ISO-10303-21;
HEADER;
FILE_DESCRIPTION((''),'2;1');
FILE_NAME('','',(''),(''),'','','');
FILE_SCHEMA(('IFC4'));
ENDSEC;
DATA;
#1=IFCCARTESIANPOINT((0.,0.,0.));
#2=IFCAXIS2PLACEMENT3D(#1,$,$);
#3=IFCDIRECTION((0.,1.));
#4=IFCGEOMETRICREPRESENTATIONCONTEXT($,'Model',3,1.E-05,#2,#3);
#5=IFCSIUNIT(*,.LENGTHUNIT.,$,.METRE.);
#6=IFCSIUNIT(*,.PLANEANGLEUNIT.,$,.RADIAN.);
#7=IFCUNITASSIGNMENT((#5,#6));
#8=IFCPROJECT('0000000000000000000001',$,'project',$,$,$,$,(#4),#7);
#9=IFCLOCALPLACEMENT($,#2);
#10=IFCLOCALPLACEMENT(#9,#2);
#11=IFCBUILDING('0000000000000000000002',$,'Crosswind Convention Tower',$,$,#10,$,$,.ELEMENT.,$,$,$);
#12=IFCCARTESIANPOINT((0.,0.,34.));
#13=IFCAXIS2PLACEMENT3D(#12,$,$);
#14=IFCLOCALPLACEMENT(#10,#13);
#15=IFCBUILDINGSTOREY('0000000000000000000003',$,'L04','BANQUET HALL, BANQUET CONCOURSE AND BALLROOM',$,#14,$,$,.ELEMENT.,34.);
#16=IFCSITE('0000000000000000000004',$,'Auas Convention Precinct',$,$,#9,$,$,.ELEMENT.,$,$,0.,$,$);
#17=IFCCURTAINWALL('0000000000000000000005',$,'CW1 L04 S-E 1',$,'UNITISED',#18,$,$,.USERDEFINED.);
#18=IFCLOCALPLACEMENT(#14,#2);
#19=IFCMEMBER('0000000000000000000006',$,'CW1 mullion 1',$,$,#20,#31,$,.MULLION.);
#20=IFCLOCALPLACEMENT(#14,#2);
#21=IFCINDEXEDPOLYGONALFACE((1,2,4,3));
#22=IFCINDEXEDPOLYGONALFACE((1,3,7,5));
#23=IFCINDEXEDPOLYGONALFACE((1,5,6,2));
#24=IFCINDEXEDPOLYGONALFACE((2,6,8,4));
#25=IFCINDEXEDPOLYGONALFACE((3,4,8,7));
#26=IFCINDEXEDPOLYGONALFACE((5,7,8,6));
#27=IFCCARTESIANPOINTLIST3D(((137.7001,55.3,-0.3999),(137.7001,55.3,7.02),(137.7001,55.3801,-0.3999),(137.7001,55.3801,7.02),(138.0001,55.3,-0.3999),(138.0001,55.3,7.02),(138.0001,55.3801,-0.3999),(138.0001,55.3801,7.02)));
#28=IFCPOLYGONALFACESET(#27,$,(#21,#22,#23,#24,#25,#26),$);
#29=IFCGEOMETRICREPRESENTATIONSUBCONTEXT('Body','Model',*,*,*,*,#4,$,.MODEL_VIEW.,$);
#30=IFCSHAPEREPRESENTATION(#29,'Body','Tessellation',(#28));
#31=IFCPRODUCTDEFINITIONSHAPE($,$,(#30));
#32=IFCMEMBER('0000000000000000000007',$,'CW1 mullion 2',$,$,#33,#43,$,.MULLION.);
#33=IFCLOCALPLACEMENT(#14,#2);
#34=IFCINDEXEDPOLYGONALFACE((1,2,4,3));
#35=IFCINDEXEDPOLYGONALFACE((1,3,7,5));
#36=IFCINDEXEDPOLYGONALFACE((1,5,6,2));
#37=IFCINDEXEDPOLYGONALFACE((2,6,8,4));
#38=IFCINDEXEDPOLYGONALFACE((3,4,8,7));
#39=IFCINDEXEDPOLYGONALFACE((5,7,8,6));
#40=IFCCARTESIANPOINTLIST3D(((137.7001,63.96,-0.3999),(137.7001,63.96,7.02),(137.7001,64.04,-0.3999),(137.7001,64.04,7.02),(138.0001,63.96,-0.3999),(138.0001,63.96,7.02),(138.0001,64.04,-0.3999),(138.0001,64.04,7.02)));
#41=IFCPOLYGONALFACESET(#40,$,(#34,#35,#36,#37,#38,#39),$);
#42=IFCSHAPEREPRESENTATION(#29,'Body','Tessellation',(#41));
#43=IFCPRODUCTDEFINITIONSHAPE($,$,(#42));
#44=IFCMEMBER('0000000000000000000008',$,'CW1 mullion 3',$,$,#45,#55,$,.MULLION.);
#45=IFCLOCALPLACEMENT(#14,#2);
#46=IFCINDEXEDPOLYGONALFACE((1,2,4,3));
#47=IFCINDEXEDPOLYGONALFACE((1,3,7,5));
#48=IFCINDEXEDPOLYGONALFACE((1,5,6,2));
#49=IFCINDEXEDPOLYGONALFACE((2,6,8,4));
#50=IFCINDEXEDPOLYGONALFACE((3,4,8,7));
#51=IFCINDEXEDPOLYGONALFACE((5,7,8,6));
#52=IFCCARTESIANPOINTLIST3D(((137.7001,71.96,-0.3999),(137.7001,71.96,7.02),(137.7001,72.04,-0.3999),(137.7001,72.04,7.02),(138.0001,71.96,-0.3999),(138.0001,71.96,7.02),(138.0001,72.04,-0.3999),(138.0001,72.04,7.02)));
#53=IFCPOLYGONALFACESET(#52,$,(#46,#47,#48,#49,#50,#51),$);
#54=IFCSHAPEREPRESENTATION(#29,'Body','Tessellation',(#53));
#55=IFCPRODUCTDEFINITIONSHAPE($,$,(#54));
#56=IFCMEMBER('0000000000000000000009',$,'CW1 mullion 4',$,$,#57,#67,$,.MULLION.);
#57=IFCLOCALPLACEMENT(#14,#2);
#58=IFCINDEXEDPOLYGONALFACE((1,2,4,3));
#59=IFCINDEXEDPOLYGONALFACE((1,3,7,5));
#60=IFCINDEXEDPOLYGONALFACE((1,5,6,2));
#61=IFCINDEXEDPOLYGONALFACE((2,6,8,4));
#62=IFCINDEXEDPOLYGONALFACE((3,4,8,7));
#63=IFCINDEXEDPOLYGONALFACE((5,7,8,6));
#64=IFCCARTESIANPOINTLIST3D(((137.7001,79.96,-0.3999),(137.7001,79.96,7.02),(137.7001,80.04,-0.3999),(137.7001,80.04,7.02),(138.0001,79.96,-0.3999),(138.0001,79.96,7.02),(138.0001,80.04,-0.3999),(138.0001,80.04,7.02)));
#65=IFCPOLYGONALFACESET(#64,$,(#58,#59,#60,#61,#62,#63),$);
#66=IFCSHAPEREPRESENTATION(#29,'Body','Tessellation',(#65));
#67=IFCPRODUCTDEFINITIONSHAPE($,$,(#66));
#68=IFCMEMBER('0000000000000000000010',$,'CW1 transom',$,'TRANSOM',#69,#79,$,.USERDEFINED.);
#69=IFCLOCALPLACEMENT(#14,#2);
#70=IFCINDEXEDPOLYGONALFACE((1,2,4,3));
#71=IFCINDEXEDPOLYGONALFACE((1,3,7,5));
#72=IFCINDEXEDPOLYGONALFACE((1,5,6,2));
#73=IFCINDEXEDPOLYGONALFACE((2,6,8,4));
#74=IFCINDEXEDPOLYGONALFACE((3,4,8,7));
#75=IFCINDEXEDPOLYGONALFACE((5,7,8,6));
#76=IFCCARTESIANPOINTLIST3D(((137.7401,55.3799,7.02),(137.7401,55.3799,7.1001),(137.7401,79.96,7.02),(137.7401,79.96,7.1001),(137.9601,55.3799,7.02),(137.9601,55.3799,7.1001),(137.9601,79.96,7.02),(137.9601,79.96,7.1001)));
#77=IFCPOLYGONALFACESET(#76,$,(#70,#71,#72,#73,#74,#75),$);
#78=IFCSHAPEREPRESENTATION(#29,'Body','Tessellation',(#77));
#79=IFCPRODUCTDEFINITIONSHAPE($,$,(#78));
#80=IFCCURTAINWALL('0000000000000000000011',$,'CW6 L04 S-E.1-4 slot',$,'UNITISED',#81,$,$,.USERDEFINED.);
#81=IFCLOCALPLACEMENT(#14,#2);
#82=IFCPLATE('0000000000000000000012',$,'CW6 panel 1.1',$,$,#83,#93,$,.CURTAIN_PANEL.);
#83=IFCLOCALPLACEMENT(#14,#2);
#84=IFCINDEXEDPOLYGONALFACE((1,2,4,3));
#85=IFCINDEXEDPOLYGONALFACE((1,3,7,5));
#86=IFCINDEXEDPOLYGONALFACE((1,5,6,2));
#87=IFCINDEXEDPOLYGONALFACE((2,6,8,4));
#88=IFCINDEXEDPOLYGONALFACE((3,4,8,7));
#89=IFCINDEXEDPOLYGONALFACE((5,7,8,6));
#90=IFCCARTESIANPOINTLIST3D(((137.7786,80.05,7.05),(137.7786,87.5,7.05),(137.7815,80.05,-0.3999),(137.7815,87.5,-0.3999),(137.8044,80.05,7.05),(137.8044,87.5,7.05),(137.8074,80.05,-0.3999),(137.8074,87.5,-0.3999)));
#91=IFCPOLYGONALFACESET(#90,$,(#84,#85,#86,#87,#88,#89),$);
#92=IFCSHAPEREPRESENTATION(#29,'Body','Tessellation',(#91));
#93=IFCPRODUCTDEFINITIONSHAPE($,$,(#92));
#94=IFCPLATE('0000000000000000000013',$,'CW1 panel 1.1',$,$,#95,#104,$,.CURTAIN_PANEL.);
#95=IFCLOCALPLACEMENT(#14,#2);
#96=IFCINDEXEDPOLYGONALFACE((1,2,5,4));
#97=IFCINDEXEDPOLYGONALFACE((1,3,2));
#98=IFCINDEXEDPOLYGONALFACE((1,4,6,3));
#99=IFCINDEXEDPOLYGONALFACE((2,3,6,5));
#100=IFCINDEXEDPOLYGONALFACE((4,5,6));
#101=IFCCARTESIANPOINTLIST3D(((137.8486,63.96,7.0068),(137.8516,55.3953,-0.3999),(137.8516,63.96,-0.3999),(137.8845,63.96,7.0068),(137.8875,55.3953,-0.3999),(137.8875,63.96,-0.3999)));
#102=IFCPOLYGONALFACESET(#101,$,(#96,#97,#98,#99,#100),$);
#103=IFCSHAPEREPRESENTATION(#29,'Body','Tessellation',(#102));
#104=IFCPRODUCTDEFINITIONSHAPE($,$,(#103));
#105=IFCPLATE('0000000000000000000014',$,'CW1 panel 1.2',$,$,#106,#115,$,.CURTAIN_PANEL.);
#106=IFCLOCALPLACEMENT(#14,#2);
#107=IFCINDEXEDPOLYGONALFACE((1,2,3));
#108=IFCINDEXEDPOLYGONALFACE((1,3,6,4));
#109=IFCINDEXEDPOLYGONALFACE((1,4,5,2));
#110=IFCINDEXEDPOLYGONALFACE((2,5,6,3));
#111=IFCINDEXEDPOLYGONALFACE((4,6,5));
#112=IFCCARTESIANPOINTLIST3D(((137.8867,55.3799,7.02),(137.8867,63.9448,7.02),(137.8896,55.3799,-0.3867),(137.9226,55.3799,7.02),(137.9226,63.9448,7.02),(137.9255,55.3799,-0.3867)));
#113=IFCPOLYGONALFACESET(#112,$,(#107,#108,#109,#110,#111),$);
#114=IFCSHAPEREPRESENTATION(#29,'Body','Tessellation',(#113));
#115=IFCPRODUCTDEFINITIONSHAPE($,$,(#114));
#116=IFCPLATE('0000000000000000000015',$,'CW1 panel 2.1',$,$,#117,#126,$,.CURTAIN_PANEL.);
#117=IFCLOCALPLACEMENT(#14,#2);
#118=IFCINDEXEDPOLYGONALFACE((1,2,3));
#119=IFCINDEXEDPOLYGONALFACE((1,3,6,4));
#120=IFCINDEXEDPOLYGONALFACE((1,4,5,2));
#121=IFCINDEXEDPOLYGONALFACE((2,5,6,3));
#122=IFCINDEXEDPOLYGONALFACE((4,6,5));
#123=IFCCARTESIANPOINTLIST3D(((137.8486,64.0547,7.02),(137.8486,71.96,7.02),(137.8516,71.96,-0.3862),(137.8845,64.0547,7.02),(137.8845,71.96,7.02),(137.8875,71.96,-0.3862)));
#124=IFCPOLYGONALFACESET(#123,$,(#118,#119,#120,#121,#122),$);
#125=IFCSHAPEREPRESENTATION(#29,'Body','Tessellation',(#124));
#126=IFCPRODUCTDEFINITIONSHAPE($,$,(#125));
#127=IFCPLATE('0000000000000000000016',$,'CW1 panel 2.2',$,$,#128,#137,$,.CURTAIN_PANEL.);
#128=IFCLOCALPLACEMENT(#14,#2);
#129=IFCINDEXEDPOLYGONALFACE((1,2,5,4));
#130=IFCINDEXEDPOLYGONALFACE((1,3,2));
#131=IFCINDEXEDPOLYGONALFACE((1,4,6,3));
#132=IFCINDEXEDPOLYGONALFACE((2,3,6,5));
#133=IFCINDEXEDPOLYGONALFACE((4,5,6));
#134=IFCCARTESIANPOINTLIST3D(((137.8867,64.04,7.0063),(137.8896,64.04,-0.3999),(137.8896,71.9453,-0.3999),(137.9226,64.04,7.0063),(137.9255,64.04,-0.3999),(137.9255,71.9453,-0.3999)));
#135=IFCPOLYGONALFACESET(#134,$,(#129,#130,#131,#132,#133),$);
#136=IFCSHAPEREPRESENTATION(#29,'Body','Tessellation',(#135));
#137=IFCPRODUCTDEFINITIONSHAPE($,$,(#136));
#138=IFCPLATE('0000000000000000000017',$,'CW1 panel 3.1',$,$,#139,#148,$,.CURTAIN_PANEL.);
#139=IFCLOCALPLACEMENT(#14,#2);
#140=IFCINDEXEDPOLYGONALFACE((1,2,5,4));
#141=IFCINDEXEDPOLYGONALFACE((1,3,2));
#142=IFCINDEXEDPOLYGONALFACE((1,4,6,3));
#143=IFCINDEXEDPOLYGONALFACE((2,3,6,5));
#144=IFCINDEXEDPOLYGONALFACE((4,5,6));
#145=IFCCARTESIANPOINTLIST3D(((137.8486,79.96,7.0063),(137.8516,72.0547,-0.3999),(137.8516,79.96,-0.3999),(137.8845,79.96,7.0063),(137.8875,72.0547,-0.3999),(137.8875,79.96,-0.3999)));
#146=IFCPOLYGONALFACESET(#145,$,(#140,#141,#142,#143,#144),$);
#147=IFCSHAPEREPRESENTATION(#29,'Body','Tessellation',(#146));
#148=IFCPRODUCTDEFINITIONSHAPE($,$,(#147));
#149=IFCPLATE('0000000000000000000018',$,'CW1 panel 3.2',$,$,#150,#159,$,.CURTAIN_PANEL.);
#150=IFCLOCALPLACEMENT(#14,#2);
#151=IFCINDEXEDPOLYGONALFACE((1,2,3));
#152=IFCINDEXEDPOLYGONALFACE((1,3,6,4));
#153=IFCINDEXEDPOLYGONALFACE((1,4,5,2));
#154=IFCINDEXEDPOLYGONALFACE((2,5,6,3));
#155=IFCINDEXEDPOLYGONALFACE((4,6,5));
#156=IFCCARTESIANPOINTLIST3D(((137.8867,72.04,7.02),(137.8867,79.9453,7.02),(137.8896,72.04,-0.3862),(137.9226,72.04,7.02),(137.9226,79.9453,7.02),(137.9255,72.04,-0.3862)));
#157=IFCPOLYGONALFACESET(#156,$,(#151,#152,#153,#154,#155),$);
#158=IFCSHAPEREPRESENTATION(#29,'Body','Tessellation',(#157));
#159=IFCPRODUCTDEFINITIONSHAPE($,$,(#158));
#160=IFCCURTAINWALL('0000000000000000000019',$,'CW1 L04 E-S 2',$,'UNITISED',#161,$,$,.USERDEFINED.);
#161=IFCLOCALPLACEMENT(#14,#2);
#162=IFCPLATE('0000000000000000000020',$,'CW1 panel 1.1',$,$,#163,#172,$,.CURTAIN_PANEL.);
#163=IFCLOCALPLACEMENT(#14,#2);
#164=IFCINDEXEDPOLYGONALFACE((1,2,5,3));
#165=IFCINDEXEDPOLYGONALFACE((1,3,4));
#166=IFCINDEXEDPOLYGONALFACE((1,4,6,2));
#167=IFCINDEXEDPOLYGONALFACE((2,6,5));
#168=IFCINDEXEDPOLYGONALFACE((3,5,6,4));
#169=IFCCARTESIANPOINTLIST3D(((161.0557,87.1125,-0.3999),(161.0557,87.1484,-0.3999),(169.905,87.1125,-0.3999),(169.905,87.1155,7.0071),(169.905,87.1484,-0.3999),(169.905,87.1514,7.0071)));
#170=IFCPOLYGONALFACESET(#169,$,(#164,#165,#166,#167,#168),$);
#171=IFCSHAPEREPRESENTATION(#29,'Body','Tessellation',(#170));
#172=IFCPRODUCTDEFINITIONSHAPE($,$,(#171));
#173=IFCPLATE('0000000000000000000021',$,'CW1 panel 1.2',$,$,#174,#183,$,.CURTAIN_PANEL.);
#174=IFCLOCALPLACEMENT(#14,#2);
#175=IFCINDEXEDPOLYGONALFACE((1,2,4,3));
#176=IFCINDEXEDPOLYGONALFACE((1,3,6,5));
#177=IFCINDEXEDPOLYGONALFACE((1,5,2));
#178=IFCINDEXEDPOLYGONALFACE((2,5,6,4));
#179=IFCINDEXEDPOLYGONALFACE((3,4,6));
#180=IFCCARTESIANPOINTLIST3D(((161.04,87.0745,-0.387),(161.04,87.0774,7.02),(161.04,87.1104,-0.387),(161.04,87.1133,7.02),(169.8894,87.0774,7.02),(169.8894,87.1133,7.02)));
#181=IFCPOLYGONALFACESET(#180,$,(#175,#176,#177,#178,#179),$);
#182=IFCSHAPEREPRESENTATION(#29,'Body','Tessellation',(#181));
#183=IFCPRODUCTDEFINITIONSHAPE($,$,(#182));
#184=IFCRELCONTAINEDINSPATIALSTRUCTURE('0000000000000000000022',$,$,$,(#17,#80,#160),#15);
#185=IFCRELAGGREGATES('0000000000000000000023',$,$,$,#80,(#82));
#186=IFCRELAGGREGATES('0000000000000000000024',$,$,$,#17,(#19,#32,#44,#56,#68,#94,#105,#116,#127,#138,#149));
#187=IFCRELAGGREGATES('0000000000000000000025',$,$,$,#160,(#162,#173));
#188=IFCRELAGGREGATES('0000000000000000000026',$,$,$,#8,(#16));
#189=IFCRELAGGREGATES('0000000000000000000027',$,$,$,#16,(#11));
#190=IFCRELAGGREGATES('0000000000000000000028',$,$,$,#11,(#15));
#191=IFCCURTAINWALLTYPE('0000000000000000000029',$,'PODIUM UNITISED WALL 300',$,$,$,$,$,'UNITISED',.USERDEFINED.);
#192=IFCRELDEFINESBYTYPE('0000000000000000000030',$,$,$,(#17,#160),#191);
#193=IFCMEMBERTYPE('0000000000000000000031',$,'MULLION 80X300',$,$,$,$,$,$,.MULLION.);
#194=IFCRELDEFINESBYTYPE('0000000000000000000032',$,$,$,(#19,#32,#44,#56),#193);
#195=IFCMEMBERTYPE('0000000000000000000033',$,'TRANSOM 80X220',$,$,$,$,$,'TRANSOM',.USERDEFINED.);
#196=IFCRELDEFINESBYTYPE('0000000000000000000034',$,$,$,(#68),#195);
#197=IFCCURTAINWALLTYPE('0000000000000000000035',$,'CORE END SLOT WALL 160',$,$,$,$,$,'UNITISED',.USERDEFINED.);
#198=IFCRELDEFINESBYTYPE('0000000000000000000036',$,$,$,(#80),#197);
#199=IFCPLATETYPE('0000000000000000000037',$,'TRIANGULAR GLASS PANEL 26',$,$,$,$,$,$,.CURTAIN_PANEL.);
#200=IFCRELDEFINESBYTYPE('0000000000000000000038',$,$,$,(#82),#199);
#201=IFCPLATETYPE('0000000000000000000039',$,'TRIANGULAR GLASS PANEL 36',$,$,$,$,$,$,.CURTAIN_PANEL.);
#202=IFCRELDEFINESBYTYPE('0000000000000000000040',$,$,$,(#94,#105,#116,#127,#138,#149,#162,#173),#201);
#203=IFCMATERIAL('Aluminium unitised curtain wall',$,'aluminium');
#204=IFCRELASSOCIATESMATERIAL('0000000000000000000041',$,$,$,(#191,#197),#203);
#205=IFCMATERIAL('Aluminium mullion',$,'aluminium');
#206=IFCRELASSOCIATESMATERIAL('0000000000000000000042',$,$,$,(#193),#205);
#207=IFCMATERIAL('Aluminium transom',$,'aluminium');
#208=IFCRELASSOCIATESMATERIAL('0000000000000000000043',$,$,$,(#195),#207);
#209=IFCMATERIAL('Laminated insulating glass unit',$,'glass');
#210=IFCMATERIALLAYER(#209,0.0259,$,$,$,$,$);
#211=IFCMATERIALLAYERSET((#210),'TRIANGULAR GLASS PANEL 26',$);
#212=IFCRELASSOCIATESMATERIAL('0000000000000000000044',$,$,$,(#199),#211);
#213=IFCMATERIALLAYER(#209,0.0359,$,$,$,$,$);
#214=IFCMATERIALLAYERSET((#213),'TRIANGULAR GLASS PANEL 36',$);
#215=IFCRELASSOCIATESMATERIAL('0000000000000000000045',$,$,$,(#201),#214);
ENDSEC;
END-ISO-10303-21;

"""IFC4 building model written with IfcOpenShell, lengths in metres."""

from ifc_helpers import new_model, si_unit, direction, frame, origin, origin_2d, place, context, subcontext, project, spatial, polyline, rectangle, outline, extrude, material, layer, layer_set, material_profile, profile_set, type_object, element, aggregate, save


model = new_model("IFC4")

# Units and contexts
model_context = context("Model", 3, precision=1e-05, world=origin(), true_north=direction((0.0, 1.0)))
body_context = subcontext(model_context, "Body", "Model", "MODEL_VIEW")
ifc_project = project(units=[si_unit("LENGTHUNIT", "METRE"), si_unit("PLANEANGLEUNIT", "RADIAN")], contexts=[model_context])

# Site, building, storey
site_placement = place(None, origin())
site = spatial("IfcSite", under=ifc_project, at=site_placement, Name="Auas Convention Precinct", CompositionType="ELEMENT", RefElevation=0.0)
building_placement = place(site_placement, origin())
building = spatial("IfcBuilding", under=site, at=building_placement, Name="Crosswind Convention Tower", CompositionType="ELEMENT")
storey_placement = place(building_placement, frame((0.0, 0.0, 34.0)))
storey = spatial("IfcBuildingStorey", under=building, at=storey_placement, Name="L04", Description="BANQUET HALL, BANQUET CONCOURSE AND BALLROOM", CompositionType="ELEMENT", Elevation=34.0)

# Curtain wall, members
ifc_material_1 = material(Name="Aluminium unitised curtain wall", Category="aluminium")
curtain_wall_type_1 = type_object("IfcCurtainWallType", Name="PODIUM UNITISED WALL 300", ElementType="UNITISED", PredefinedType="USERDEFINED", material=ifc_material_1)
curtain_wall_1_placement = place(storey_placement, origin())
curtain_wall_1 = element("IfcCurtainWall", 1, at=curtain_wall_1_placement, inside=storey, type_object=curtain_wall_type_1, Name="CW1 L04 S-E 1", ObjectType="UNITISED", PredefinedType="USERDEFINED")
ifc_material_2 = material(Name="Aluminium mullion", Category="aluminium")
ifc_material_profile_1 = material_profile(ifc_material_2, rectangle(XDim=0.3, YDim=0.0801, at=origin_2d()), Name="AL 300X80")
ifc_profile_set_1 = profile_set([ifc_material_profile_1], Name="Aluminium mullion")
member_type_1 = type_object("IfcMemberType", Name="MULLION 80X300", PredefinedType="MULLION", material=ifc_profile_set_1)
member_1_placement = place(storey_placement, frame((137.8501, 55.3401, -0.3999), z_axis=(0.0, 0.0, 1.0), x_axis=(1.0, 0.0, 0.0)))
member_1 = element("IfcMember", 2, at=member_1_placement, type_object=member_type_1, Name="CW1 mullion 1", PredefinedType="MULLION", context=body_context, shape_type="SweptSolid", body=[
    extrude(rectangle(XDim=0.3, YDim=0.0801, at=origin_2d()), origin(), (0.0, 0.0, 1.0), 7.4199),
])
member_2_placement = place(storey_placement, frame((137.8501, 64.0, -0.3999), z_axis=(0.0, 0.0, 1.0), x_axis=(1.0, 0.0, 0.0)))
member_2 = element("IfcMember", 3, at=member_2_placement, type_object=member_type_1, Name="CW1 mullion 2", PredefinedType="MULLION", context=body_context, shape_type="SweptSolid", body=[
    extrude(rectangle(XDim=0.3, YDim=0.0801, at=origin_2d()), origin(), (0.0, 0.0, 1.0), 7.4199),
])
member_3_placement = place(storey_placement, frame((137.8501, 72.0, -0.3999), z_axis=(0.0, 0.0, 1.0), x_axis=(1.0, 0.0, 0.0)))
member_3 = element("IfcMember", 4, at=member_3_placement, type_object=member_type_1, Name="CW1 mullion 3", PredefinedType="MULLION", context=body_context, shape_type="SweptSolid", body=[
    extrude(rectangle(XDim=0.3, YDim=0.0801, at=origin_2d()), origin(), (0.0, 0.0, 1.0), 7.4199),
])
member_4_placement = place(storey_placement, frame((137.8501, 80.0, -0.3999), z_axis=(0.0, 0.0, 1.0), x_axis=(1.0, 0.0, 0.0)))
member_4 = element("IfcMember", 5, at=member_4_placement, type_object=member_type_1, Name="CW1 mullion 4", PredefinedType="MULLION", context=body_context, shape_type="SweptSolid", body=[
    extrude(rectangle(XDim=0.3, YDim=0.0801, at=origin_2d()), origin(), (0.0, 0.0, 1.0), 7.4199),
])
ifc_material_3 = material(Name="Aluminium transom", Category="aluminium")
ifc_material_profile_2 = material_profile(ifc_material_3, rectangle(XDim=0.22, YDim=0.0801, at=origin_2d()), Name="AL 220X80")
ifc_profile_set_2 = profile_set([ifc_material_profile_2], Name="Aluminium transom")
member_type_2 = type_object("IfcMemberType", Name="TRANSOM 80X220", ElementType="TRANSOM", PredefinedType="USERDEFINED", material=ifc_profile_set_2)
member_5_placement = place(storey_placement, frame((137.8501, 55.3799, 7.0601), z_axis=(0.0, 1.0, 0.0), x_axis=(-1.0, 0.0, 0.0)))
member_5 = element("IfcMember", 6, at=member_5_placement, type_object=member_type_2, Name="CW1 transom", ObjectType="TRANSOM", PredefinedType="USERDEFINED", context=body_context, shape_type="SweptSolid", body=[
    extrude(rectangle(XDim=0.22, YDim=0.0801, at=origin_2d()), origin(), (0.0, 0.0, 1.0), 24.5801),
])

# Curtain wall, plate
curtain_wall_type_2 = type_object("IfcCurtainWallType", Name="CORE END SLOT WALL 160", ElementType="UNITISED", PredefinedType="USERDEFINED", material=ifc_material_1)
curtain_wall_2_placement = place(storey_placement, origin())
curtain_wall_2 = element("IfcCurtainWall", 7, at=curtain_wall_2_placement, inside=storey, type_object=curtain_wall_type_2, Name="CW6 L04 S-E.1-4 slot", ObjectType="UNITISED", PredefinedType="USERDEFINED")
ifc_material_4 = material(Name="Laminated insulating glass unit", Category="glass")
ifc_layer_1 = layer(ifc_material_4, 0.0259)
ifc_layer_set_1 = layer_set([ifc_layer_1], Name="TRIANGULAR GLASS PANEL 26")
plate_type_1 = type_object("IfcPlateType", Name="TRIANGULAR GLASS PANEL 26", PredefinedType="CURTAIN_PANEL", material=ifc_layer_set_1)
plate_1_placement = place(storey_placement, frame((137.8074, 80.05, -0.3999), z_axis=(1.0, 0.0, 0.000393), x_axis=(0.0, 1.0, 0.0)))
plate_1 = element("IfcPlate", 8, at=plate_1_placement, type_object=plate_type_1, Name="CW6 panel 1.1", PredefinedType="CURTAIN_PANEL", context=body_context, shape_type="SweptSolid", body=[
    extrude(outline(polyline([(0.0, 0.0), (7.45, 0.0), (7.45, 7.45), (0.0, 7.45), (0.0, 0.0)])), origin(), (0.0, 0.0, -1.0), 0.0259),
])
aggregate(curtain_wall_2, [plate_1])

# Plates
ifc_layer_2 = layer(ifc_material_4, 0.0359)
ifc_layer_set_2 = layer_set([ifc_layer_2], Name="TRIANGULAR GLASS PANEL 36")
plate_type_2 = type_object("IfcPlateType", Name="TRIANGULAR GLASS PANEL 36", PredefinedType="CURTAIN_PANEL", material=ifc_layer_set_2)
plate_2_placement = place(storey_placement, frame((137.8875, 63.96, -0.3999), z_axis=(1.0, 0.0, 0.000396), x_axis=(-0.000396, 0.0, 1.0)))
plate_2 = element("IfcPlate", 9, at=plate_2_placement, type_object=plate_type_2, Name="CW1 panel 1.1", PredefinedType="CURTAIN_PANEL", context=body_context, shape_type="SweptSolid", body=[
    extrude(outline(polyline([(0.0, 0.0), (7.4067, 0.0), (0.0, 8.5647), (0.0, 0.0)])), origin(), (0.0, 0.0, -1.0), 0.0359),
])
plate_3_placement = place(storey_placement, frame((137.9226, 55.3799, 7.02), z_axis=(1.0, 0.0, 0.000396), x_axis=(0.000396, 0.0, -1.0)))
plate_3 = element("IfcPlate", 10, at=plate_3_placement, type_object=plate_type_2, Name="CW1 panel 1.2", PredefinedType="CURTAIN_PANEL", context=body_context, shape_type="SweptSolid", body=[
    extrude(outline(polyline([(0.0, 0.0), (7.4067, 0.0), (0.0, 8.5649), (0.0, 0.0)])), origin(), (0.0, 0.0, -1.0), 0.0359),
])
plate_4_placement = place(storey_placement, frame((137.8845, 71.96, 7.02), z_axis=(1.0, 0.0, 0.000396), x_axis=(0.0, -1.0, 0.0)))
plate_4 = element("IfcPlate", 11, at=plate_4_placement, type_object=plate_type_2, Name="CW1 panel 2.1", PredefinedType="CURTAIN_PANEL", context=body_context, shape_type="SweptSolid", body=[
    extrude(outline(polyline([(0.0, 0.0), (7.9053, 0.0), (0.0, 7.4063), (0.0, 0.0)])), origin(), (0.0, 0.0, -1.0), 0.0359),
])
plate_5_placement = place(storey_placement, frame((137.9255, 64.04, -0.3999), z_axis=(1.0, 0.0, 0.000396), x_axis=(0.0, 1.0, 0.0)))
plate_5 = element("IfcPlate", 12, at=plate_5_placement, type_object=plate_type_2, Name="CW1 panel 2.2", PredefinedType="CURTAIN_PANEL", context=body_context, shape_type="SweptSolid", body=[
    extrude(outline(polyline([(0.0, 0.0), (7.9053, 0.0), (0.0, 7.4063), (0.0, 0.0)])), origin(), (0.0, 0.0, -1.0), 0.0359),
])
plate_6_placement = place(storey_placement, frame((137.8875, 79.96, -0.3999), z_axis=(1.0, 0.0, 0.000396), x_axis=(-0.000396, 0.0, 1.0)))
plate_6 = element("IfcPlate", 13, at=plate_6_placement, type_object=plate_type_2, Name="CW1 panel 3.1", PredefinedType="CURTAIN_PANEL", context=body_context, shape_type="SweptSolid", body=[
    extrude(outline(polyline([(0.0, 0.0), (7.4063, 0.0), (0.0, 7.9053), (0.0, 0.0)])), origin(), (0.0, 0.0, -1.0), 0.0359),
])
plate_7_placement = place(storey_placement, frame((137.9226, 72.04, 7.02), z_axis=(1.0, 0.0, 0.000396), x_axis=(0.000396, 0.0, -1.0)))
plate_7 = element("IfcPlate", 14, at=plate_7_placement, type_object=plate_type_2, Name="CW1 panel 3.2", PredefinedType="CURTAIN_PANEL", context=body_context, shape_type="SweptSolid", body=[
    extrude(outline(polyline([(0.0, 0.0), (7.4063, 0.0), (0.0, 7.9053), (0.0, 0.0)])), origin(), (0.0, 0.0, -1.0), 0.0359),
])

# Curtain wall, plates
curtain_wall_3_placement = place(storey_placement, origin())
curtain_wall_3 = element("IfcCurtainWall", 15, at=curtain_wall_3_placement, inside=storey, type_object=curtain_wall_type_1, Name="CW1 L04 E-S 2", ObjectType="UNITISED", PredefinedType="USERDEFINED")
plate_8_placement = place(storey_placement, frame((169.905, 87.1125, -0.3999), z_axis=(0.0, -1.0, 0.000396), x_axis=(0.0, 0.000396, 1.0)))
plate_8 = element("IfcPlate", 16, at=plate_8_placement, type_object=plate_type_2, Name="CW1 panel 1.1", PredefinedType="CURTAIN_PANEL", context=body_context, shape_type="SweptSolid", body=[
    extrude(outline(polyline([(0.0, 0.0), (7.407, 0.0), (0.0, 8.8494), (0.0, 0.0)])), origin(), (0.0, 0.0, -1.0), 0.0359),
])
plate_9_placement = place(storey_placement, frame((161.04, 87.0774, 7.02), z_axis=(0.0, -1.0, 0.000396), x_axis=(0.0, -0.000396, -1.0)))
plate_9 = element("IfcPlate", 17, at=plate_9_placement, type_object=plate_type_2, Name="CW1 panel 1.2", PredefinedType="CURTAIN_PANEL", context=body_context, shape_type="SweptSolid", body=[
    extrude(outline(polyline([(0.0, 0.0), (7.407, 0.0), (0.0, 8.8494), (0.0, 0.0)])), origin(), (0.0, 0.0, -1.0), 0.0359),
])

aggregate(curtain_wall_1, [member_1, member_2, member_3, member_4, member_5, plate_2, plate_3, plate_4, plate_5, plate_6, plate_7])
aggregate(curtain_wall_3, [plate_8, plate_9])

save(model, "model.ifc")
